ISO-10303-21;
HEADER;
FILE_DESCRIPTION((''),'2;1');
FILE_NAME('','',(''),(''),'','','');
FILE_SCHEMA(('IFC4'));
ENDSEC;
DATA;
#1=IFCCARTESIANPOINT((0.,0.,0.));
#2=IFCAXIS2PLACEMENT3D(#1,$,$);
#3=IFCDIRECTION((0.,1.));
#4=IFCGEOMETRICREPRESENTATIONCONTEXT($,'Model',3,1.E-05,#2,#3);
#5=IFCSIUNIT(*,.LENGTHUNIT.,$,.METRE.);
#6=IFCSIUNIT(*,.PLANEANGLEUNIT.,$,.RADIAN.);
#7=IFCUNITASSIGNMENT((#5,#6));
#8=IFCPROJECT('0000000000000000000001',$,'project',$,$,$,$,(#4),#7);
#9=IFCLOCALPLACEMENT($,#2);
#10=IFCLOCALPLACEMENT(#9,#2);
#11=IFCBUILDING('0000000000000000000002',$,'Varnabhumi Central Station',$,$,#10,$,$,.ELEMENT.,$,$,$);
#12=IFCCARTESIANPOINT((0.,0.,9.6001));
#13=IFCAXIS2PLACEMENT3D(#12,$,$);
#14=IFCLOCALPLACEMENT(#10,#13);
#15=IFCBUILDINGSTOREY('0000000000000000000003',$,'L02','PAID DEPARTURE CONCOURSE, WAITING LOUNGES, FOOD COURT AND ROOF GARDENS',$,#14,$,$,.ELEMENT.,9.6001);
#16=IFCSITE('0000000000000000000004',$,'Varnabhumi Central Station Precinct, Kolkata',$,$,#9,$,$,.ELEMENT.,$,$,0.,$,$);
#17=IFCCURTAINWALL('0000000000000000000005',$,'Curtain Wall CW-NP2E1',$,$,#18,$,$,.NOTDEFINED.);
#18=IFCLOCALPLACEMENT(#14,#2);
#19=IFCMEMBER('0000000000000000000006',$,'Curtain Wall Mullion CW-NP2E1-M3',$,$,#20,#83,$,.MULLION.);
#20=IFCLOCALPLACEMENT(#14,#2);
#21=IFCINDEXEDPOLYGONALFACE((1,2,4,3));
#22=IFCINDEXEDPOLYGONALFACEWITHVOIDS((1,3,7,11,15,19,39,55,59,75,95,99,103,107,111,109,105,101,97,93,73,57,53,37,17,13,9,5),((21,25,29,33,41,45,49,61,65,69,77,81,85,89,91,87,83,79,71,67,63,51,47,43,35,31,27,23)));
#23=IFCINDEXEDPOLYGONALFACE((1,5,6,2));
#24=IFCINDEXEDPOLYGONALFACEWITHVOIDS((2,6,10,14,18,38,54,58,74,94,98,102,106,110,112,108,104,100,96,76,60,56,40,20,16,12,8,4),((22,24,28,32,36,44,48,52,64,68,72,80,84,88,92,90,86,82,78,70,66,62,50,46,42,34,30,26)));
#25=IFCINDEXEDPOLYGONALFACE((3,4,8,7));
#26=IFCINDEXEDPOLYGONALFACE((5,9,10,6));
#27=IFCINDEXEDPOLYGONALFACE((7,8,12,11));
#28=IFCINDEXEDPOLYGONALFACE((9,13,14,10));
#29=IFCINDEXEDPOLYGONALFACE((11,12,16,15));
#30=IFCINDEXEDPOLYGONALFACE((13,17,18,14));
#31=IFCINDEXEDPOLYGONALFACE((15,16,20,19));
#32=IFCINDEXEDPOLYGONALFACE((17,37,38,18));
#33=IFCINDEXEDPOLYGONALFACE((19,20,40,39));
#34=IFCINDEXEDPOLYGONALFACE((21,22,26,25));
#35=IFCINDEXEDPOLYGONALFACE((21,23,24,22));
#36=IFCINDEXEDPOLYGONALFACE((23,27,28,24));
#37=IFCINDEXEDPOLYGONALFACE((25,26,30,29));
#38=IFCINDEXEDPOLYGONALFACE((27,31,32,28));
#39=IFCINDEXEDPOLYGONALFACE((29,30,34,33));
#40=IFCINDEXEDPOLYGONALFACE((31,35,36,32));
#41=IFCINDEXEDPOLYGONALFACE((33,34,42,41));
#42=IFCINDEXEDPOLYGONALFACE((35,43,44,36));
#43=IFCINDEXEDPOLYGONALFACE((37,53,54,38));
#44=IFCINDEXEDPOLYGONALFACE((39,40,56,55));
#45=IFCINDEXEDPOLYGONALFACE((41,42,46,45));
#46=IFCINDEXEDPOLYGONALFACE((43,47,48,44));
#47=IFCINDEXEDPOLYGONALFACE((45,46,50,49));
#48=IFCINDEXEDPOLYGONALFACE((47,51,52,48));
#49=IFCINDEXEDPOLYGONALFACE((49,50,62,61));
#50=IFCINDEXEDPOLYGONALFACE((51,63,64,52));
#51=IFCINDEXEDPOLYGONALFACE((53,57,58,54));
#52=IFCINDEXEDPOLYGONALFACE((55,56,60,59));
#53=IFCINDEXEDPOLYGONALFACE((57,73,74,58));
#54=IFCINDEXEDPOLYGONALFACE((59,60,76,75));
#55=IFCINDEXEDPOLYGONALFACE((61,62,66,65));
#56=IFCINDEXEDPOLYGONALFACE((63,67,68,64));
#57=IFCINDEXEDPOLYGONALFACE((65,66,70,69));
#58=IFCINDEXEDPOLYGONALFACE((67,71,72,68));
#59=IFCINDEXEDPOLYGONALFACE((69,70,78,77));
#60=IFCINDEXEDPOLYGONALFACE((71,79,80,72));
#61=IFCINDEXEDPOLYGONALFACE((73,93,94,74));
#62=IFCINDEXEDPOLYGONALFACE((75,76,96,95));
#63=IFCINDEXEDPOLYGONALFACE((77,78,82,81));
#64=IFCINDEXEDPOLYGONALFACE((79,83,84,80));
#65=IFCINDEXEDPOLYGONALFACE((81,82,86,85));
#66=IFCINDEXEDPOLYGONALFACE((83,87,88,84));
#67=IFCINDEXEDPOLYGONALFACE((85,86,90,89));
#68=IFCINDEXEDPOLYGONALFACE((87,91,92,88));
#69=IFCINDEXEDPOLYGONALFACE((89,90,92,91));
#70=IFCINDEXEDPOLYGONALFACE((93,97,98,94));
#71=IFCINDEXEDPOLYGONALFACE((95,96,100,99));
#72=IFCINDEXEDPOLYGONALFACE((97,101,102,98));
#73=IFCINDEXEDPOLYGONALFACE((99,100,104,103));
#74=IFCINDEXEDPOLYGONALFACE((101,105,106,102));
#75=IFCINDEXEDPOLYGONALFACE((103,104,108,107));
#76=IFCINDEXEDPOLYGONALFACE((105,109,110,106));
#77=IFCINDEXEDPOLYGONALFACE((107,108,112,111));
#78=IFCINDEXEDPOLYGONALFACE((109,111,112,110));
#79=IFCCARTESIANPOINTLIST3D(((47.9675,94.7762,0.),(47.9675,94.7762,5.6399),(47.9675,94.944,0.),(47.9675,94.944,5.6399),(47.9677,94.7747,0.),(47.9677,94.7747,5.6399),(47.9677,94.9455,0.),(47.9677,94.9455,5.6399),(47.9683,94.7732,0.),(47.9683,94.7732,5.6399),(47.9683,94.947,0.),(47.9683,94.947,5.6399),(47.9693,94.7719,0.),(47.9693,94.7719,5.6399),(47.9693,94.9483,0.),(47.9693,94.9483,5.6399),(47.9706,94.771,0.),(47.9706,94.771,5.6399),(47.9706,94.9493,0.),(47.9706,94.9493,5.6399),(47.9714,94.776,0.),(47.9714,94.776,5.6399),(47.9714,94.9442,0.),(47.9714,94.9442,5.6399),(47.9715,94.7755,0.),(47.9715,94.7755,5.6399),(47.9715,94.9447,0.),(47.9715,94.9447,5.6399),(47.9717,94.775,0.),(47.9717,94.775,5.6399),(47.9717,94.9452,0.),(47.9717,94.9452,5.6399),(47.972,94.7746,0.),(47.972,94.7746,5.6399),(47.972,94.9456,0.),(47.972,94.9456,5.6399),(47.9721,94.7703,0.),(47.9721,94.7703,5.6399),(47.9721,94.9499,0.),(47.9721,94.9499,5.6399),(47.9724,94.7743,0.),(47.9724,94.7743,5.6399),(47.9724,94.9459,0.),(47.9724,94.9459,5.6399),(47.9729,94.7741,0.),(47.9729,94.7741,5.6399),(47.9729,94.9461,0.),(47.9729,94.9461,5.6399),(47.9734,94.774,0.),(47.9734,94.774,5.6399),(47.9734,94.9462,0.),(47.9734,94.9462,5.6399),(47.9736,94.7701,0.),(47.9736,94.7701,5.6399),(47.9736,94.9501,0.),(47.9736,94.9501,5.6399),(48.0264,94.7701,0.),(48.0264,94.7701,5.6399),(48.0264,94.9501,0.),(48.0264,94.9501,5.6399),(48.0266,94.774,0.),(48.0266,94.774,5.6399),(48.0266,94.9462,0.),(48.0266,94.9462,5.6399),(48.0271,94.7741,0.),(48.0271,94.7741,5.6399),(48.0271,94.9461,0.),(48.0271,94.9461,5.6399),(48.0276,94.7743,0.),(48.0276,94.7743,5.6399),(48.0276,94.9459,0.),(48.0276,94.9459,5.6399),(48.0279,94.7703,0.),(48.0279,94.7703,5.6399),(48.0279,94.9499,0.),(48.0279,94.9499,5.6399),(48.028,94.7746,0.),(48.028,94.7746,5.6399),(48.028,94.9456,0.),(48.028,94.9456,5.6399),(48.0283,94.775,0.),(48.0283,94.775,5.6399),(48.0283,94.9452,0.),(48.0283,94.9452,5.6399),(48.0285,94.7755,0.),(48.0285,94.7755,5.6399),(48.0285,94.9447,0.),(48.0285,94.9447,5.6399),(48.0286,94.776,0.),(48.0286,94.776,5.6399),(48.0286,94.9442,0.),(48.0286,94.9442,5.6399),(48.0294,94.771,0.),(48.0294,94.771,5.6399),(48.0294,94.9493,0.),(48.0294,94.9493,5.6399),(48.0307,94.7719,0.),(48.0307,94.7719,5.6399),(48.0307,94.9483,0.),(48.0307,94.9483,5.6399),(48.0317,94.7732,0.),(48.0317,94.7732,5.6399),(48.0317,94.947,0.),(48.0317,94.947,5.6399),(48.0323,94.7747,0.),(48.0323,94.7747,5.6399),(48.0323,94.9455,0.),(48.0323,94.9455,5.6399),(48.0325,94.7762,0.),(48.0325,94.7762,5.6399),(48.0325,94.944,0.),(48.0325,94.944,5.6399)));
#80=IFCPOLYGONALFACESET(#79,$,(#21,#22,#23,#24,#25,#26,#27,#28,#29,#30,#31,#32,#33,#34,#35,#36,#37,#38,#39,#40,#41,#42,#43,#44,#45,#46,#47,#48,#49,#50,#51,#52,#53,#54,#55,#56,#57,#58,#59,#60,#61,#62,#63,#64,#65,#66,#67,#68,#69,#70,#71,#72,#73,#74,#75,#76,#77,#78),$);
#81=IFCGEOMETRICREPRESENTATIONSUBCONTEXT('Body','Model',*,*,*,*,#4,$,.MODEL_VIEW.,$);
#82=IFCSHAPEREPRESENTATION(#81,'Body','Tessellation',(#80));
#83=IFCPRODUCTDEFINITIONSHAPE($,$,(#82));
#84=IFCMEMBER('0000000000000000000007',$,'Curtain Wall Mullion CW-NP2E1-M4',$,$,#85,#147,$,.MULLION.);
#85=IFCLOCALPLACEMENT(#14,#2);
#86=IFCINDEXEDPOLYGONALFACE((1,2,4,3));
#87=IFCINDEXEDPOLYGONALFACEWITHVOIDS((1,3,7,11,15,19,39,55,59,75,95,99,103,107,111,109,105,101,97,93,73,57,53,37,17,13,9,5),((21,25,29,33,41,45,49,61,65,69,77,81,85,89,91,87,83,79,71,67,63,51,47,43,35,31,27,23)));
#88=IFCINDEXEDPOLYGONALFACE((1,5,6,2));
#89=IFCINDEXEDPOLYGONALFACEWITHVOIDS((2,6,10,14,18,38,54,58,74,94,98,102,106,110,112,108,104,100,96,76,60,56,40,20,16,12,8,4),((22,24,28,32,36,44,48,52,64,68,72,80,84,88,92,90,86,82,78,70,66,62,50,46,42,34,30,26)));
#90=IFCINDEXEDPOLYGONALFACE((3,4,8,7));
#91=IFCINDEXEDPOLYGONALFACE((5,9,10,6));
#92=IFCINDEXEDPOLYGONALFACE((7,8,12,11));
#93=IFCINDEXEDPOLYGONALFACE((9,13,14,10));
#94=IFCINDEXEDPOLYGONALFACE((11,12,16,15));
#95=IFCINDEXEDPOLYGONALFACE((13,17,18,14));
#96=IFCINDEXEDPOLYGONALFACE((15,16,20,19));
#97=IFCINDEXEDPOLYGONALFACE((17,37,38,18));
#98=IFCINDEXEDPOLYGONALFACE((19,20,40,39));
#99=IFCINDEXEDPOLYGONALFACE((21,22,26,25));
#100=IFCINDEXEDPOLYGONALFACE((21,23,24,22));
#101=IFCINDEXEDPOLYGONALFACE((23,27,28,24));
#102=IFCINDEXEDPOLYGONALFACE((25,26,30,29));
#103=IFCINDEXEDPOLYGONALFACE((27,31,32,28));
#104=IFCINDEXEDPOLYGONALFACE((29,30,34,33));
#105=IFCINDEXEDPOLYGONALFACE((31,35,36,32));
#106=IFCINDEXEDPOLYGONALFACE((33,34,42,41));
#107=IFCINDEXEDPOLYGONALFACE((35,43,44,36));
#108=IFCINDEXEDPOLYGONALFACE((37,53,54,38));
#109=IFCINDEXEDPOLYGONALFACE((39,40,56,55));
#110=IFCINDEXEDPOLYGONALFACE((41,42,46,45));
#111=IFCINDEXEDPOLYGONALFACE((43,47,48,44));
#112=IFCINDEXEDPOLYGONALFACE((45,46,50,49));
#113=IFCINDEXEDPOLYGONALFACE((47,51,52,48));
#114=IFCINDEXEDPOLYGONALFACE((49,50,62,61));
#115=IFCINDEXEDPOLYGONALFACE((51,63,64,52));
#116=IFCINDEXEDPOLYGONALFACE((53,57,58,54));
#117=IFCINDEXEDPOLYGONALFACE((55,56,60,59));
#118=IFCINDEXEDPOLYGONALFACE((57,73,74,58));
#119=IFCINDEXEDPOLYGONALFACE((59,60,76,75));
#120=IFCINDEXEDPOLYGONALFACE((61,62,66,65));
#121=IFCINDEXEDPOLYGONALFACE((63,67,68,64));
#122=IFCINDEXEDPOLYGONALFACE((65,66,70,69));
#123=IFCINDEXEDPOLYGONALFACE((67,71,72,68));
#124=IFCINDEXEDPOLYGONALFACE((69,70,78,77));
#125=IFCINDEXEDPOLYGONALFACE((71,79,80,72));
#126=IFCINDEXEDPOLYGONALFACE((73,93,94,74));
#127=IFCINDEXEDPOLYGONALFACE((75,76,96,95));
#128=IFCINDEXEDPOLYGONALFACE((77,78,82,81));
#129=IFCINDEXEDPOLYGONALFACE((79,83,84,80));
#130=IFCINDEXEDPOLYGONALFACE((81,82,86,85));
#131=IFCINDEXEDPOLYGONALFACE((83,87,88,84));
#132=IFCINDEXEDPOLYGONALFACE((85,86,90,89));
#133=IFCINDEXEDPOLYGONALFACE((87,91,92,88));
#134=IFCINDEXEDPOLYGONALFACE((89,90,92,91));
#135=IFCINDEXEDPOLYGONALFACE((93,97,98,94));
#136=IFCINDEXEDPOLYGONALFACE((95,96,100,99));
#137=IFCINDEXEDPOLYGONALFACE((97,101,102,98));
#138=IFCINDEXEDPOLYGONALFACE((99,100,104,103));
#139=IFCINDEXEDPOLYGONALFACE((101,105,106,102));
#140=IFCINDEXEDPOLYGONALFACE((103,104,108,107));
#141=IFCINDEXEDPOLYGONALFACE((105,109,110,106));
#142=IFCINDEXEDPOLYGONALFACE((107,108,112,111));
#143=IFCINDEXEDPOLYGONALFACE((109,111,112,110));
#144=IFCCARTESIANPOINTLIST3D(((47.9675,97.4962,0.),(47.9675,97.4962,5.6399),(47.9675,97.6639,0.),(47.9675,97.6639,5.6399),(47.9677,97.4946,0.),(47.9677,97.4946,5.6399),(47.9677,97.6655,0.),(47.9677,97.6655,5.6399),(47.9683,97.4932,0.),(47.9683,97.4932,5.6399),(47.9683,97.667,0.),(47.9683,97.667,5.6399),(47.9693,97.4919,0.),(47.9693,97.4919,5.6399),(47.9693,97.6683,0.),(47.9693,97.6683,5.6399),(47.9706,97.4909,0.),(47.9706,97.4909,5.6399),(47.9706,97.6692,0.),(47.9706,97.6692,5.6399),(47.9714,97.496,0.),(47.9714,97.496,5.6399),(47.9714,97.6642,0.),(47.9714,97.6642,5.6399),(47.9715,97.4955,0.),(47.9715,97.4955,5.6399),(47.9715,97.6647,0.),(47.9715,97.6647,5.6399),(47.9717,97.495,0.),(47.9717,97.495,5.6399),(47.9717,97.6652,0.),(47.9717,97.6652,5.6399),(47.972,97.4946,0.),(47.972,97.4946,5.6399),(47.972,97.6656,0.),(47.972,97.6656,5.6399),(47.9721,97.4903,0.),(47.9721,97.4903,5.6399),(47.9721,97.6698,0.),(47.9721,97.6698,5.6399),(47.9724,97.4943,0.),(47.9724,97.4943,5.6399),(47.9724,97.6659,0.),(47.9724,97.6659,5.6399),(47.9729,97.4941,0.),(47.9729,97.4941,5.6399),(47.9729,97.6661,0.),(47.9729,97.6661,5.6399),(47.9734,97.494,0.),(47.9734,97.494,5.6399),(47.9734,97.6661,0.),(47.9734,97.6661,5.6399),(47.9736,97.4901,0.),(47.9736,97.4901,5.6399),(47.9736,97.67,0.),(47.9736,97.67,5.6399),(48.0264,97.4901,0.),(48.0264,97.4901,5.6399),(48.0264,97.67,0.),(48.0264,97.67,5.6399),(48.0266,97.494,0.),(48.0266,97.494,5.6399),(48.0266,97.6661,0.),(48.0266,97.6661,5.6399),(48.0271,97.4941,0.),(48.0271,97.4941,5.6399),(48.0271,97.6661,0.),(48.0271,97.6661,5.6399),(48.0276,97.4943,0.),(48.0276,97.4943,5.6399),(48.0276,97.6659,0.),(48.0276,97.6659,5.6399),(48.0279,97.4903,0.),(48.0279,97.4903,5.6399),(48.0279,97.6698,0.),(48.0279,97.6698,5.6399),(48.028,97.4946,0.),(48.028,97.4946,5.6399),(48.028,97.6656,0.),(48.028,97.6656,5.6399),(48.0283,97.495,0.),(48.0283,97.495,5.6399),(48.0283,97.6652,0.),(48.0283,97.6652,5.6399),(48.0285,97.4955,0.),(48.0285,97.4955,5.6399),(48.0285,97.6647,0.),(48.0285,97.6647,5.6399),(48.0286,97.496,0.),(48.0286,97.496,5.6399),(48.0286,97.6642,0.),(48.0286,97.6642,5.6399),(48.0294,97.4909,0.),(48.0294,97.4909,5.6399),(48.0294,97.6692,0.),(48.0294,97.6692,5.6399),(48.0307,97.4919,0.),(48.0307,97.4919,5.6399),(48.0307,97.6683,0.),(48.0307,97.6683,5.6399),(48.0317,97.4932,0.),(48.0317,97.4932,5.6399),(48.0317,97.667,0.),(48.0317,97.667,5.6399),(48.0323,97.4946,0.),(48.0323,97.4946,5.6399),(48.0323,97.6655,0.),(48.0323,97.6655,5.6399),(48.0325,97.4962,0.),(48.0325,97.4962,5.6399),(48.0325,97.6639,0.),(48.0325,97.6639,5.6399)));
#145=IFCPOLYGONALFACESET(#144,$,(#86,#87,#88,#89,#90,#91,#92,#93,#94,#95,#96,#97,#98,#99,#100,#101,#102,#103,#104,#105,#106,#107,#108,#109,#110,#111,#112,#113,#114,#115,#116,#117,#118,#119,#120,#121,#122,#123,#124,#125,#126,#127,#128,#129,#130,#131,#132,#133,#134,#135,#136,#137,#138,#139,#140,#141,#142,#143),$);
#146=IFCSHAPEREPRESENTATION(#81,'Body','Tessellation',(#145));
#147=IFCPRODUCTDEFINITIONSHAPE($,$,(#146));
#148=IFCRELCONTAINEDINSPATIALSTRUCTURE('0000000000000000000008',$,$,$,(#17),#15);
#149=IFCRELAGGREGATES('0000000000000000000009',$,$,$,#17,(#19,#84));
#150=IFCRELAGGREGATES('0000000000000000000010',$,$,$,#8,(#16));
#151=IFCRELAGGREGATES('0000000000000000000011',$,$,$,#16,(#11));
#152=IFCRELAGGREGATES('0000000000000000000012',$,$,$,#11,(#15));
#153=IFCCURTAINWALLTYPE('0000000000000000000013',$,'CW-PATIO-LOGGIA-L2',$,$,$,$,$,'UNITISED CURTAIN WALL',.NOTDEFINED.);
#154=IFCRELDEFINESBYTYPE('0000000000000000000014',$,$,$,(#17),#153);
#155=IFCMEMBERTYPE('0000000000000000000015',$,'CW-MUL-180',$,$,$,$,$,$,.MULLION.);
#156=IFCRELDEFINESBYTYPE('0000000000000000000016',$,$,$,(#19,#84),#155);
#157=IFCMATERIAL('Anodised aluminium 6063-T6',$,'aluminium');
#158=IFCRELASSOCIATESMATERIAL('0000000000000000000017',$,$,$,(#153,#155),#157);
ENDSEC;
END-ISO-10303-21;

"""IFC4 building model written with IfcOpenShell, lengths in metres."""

from ifc_helpers import new_model, si_unit, direction, frame, origin, origin_2d, place, context, subcontext, project, spatial, hollow_rectangle, extrude, material, material_profile, profile_set, type_object, element, aggregate, save


model = new_model("IFC4")

# Units and contexts
model_context = context("Model", 3, precision=1e-05, world=origin(), true_north=direction((0.0, 1.0)))
body_context = subcontext(model_context, "Body", "Model", "MODEL_VIEW")
ifc_project = project(units=[si_unit("LENGTHUNIT", "METRE"), si_unit("PLANEANGLEUNIT", "RADIAN")], contexts=[model_context])

# Site, building, storey
site_placement = place(None, origin())
site = spatial("IfcSite", under=ifc_project, at=site_placement, Name="Varnabhumi Central Station Precinct, Kolkata", CompositionType="ELEMENT", RefElevation=0.0)
building_placement = place(site_placement, origin())
building = spatial("IfcBuilding", under=site, at=building_placement, Name="Varnabhumi Central Station", CompositionType="ELEMENT")
storey_placement = place(building_placement, frame((0.0, 0.0, 9.6001)))
storey = spatial("IfcBuildingStorey", under=building, at=storey_placement, Name="L02", Description="PAID DEPARTURE CONCOURSE, WAITING LOUNGES, FOOD COURT AND ROOF GARDENS", CompositionType="ELEMENT", Elevation=9.6001)

# Curtain wall, members
ifc_material_1 = material(Name="Anodised aluminium 6063-T6", Category="aluminium")
curtain_wall_type = type_object("IfcCurtainWallType", Name="CW-PATIO-LOGGIA-L2", ElementType="UNITISED CURTAIN WALL", PredefinedType="NOTDEFINED", material=ifc_material_1)
curtain_wall_1_placement = place(storey_placement, origin())
curtain_wall_1 = element("IfcCurtainWall", 1, at=curtain_wall_1_placement, inside=storey, type_object=curtain_wall_type, Name="Curtain Wall CW-NP2E1", PredefinedType="NOTDEFINED")
ifc_material_profile_1 = material_profile(ifc_material_1, hollow_rectangle(XDim=0.0649, YDim=0.1799, WallThickness=0.0039, InnerFilletRadius=0.002, OuterFilletRadius=0.0061, at=origin_2d()), Name="Anodised aluminium 6063-T6", Category="aluminium")
ifc_profile_set_1 = profile_set([ifc_material_profile_1], Name="Anodised aluminium 6063-T6")
member_type_1 = type_object("IfcMemberType", Name="CW-MUL-180", PredefinedType="MULLION", material=ifc_profile_set_1)
member_1_placement = place(storey_placement, frame((48.0, 94.8601, 0.0), z_axis=(0.0, 0.0, 1.0), x_axis=(1.0, 0.0, 0.0)))
member_1 = element("IfcMember", 2, at=member_1_placement, type_object=member_type_1, Name="Curtain Wall Mullion CW-NP2E1-M3", PredefinedType="MULLION", context=body_context, shape_type="SweptSolid", body=[
    extrude(hollow_rectangle(XDim=0.0649, YDim=0.1799, WallThickness=0.0039, InnerFilletRadius=0.002, OuterFilletRadius=0.0061, at=origin_2d()), origin(), (0.0, 0.0, 1.0), 5.6399),
])
member_2_placement = place(storey_placement, frame((48.0, 97.5801, 0.0), z_axis=(0.0, 0.0, 1.0), x_axis=(1.0, 0.0, 0.0)))
member_2 = element("IfcMember", 3, at=member_2_placement, type_object=member_type_1, Name="Curtain Wall Mullion CW-NP2E1-M4", PredefinedType="MULLION", context=body_context, shape_type="SweptSolid", body=[
    extrude(hollow_rectangle(XDim=0.0649, YDim=0.1799, WallThickness=0.0039, InnerFilletRadius=0.002, OuterFilletRadius=0.0061, at=origin_2d()), origin(), (0.0, 0.0, 1.0), 5.6399),
])

aggregate(curtain_wall_1, [member_1, member_2])

save(model, "model.ifc")
